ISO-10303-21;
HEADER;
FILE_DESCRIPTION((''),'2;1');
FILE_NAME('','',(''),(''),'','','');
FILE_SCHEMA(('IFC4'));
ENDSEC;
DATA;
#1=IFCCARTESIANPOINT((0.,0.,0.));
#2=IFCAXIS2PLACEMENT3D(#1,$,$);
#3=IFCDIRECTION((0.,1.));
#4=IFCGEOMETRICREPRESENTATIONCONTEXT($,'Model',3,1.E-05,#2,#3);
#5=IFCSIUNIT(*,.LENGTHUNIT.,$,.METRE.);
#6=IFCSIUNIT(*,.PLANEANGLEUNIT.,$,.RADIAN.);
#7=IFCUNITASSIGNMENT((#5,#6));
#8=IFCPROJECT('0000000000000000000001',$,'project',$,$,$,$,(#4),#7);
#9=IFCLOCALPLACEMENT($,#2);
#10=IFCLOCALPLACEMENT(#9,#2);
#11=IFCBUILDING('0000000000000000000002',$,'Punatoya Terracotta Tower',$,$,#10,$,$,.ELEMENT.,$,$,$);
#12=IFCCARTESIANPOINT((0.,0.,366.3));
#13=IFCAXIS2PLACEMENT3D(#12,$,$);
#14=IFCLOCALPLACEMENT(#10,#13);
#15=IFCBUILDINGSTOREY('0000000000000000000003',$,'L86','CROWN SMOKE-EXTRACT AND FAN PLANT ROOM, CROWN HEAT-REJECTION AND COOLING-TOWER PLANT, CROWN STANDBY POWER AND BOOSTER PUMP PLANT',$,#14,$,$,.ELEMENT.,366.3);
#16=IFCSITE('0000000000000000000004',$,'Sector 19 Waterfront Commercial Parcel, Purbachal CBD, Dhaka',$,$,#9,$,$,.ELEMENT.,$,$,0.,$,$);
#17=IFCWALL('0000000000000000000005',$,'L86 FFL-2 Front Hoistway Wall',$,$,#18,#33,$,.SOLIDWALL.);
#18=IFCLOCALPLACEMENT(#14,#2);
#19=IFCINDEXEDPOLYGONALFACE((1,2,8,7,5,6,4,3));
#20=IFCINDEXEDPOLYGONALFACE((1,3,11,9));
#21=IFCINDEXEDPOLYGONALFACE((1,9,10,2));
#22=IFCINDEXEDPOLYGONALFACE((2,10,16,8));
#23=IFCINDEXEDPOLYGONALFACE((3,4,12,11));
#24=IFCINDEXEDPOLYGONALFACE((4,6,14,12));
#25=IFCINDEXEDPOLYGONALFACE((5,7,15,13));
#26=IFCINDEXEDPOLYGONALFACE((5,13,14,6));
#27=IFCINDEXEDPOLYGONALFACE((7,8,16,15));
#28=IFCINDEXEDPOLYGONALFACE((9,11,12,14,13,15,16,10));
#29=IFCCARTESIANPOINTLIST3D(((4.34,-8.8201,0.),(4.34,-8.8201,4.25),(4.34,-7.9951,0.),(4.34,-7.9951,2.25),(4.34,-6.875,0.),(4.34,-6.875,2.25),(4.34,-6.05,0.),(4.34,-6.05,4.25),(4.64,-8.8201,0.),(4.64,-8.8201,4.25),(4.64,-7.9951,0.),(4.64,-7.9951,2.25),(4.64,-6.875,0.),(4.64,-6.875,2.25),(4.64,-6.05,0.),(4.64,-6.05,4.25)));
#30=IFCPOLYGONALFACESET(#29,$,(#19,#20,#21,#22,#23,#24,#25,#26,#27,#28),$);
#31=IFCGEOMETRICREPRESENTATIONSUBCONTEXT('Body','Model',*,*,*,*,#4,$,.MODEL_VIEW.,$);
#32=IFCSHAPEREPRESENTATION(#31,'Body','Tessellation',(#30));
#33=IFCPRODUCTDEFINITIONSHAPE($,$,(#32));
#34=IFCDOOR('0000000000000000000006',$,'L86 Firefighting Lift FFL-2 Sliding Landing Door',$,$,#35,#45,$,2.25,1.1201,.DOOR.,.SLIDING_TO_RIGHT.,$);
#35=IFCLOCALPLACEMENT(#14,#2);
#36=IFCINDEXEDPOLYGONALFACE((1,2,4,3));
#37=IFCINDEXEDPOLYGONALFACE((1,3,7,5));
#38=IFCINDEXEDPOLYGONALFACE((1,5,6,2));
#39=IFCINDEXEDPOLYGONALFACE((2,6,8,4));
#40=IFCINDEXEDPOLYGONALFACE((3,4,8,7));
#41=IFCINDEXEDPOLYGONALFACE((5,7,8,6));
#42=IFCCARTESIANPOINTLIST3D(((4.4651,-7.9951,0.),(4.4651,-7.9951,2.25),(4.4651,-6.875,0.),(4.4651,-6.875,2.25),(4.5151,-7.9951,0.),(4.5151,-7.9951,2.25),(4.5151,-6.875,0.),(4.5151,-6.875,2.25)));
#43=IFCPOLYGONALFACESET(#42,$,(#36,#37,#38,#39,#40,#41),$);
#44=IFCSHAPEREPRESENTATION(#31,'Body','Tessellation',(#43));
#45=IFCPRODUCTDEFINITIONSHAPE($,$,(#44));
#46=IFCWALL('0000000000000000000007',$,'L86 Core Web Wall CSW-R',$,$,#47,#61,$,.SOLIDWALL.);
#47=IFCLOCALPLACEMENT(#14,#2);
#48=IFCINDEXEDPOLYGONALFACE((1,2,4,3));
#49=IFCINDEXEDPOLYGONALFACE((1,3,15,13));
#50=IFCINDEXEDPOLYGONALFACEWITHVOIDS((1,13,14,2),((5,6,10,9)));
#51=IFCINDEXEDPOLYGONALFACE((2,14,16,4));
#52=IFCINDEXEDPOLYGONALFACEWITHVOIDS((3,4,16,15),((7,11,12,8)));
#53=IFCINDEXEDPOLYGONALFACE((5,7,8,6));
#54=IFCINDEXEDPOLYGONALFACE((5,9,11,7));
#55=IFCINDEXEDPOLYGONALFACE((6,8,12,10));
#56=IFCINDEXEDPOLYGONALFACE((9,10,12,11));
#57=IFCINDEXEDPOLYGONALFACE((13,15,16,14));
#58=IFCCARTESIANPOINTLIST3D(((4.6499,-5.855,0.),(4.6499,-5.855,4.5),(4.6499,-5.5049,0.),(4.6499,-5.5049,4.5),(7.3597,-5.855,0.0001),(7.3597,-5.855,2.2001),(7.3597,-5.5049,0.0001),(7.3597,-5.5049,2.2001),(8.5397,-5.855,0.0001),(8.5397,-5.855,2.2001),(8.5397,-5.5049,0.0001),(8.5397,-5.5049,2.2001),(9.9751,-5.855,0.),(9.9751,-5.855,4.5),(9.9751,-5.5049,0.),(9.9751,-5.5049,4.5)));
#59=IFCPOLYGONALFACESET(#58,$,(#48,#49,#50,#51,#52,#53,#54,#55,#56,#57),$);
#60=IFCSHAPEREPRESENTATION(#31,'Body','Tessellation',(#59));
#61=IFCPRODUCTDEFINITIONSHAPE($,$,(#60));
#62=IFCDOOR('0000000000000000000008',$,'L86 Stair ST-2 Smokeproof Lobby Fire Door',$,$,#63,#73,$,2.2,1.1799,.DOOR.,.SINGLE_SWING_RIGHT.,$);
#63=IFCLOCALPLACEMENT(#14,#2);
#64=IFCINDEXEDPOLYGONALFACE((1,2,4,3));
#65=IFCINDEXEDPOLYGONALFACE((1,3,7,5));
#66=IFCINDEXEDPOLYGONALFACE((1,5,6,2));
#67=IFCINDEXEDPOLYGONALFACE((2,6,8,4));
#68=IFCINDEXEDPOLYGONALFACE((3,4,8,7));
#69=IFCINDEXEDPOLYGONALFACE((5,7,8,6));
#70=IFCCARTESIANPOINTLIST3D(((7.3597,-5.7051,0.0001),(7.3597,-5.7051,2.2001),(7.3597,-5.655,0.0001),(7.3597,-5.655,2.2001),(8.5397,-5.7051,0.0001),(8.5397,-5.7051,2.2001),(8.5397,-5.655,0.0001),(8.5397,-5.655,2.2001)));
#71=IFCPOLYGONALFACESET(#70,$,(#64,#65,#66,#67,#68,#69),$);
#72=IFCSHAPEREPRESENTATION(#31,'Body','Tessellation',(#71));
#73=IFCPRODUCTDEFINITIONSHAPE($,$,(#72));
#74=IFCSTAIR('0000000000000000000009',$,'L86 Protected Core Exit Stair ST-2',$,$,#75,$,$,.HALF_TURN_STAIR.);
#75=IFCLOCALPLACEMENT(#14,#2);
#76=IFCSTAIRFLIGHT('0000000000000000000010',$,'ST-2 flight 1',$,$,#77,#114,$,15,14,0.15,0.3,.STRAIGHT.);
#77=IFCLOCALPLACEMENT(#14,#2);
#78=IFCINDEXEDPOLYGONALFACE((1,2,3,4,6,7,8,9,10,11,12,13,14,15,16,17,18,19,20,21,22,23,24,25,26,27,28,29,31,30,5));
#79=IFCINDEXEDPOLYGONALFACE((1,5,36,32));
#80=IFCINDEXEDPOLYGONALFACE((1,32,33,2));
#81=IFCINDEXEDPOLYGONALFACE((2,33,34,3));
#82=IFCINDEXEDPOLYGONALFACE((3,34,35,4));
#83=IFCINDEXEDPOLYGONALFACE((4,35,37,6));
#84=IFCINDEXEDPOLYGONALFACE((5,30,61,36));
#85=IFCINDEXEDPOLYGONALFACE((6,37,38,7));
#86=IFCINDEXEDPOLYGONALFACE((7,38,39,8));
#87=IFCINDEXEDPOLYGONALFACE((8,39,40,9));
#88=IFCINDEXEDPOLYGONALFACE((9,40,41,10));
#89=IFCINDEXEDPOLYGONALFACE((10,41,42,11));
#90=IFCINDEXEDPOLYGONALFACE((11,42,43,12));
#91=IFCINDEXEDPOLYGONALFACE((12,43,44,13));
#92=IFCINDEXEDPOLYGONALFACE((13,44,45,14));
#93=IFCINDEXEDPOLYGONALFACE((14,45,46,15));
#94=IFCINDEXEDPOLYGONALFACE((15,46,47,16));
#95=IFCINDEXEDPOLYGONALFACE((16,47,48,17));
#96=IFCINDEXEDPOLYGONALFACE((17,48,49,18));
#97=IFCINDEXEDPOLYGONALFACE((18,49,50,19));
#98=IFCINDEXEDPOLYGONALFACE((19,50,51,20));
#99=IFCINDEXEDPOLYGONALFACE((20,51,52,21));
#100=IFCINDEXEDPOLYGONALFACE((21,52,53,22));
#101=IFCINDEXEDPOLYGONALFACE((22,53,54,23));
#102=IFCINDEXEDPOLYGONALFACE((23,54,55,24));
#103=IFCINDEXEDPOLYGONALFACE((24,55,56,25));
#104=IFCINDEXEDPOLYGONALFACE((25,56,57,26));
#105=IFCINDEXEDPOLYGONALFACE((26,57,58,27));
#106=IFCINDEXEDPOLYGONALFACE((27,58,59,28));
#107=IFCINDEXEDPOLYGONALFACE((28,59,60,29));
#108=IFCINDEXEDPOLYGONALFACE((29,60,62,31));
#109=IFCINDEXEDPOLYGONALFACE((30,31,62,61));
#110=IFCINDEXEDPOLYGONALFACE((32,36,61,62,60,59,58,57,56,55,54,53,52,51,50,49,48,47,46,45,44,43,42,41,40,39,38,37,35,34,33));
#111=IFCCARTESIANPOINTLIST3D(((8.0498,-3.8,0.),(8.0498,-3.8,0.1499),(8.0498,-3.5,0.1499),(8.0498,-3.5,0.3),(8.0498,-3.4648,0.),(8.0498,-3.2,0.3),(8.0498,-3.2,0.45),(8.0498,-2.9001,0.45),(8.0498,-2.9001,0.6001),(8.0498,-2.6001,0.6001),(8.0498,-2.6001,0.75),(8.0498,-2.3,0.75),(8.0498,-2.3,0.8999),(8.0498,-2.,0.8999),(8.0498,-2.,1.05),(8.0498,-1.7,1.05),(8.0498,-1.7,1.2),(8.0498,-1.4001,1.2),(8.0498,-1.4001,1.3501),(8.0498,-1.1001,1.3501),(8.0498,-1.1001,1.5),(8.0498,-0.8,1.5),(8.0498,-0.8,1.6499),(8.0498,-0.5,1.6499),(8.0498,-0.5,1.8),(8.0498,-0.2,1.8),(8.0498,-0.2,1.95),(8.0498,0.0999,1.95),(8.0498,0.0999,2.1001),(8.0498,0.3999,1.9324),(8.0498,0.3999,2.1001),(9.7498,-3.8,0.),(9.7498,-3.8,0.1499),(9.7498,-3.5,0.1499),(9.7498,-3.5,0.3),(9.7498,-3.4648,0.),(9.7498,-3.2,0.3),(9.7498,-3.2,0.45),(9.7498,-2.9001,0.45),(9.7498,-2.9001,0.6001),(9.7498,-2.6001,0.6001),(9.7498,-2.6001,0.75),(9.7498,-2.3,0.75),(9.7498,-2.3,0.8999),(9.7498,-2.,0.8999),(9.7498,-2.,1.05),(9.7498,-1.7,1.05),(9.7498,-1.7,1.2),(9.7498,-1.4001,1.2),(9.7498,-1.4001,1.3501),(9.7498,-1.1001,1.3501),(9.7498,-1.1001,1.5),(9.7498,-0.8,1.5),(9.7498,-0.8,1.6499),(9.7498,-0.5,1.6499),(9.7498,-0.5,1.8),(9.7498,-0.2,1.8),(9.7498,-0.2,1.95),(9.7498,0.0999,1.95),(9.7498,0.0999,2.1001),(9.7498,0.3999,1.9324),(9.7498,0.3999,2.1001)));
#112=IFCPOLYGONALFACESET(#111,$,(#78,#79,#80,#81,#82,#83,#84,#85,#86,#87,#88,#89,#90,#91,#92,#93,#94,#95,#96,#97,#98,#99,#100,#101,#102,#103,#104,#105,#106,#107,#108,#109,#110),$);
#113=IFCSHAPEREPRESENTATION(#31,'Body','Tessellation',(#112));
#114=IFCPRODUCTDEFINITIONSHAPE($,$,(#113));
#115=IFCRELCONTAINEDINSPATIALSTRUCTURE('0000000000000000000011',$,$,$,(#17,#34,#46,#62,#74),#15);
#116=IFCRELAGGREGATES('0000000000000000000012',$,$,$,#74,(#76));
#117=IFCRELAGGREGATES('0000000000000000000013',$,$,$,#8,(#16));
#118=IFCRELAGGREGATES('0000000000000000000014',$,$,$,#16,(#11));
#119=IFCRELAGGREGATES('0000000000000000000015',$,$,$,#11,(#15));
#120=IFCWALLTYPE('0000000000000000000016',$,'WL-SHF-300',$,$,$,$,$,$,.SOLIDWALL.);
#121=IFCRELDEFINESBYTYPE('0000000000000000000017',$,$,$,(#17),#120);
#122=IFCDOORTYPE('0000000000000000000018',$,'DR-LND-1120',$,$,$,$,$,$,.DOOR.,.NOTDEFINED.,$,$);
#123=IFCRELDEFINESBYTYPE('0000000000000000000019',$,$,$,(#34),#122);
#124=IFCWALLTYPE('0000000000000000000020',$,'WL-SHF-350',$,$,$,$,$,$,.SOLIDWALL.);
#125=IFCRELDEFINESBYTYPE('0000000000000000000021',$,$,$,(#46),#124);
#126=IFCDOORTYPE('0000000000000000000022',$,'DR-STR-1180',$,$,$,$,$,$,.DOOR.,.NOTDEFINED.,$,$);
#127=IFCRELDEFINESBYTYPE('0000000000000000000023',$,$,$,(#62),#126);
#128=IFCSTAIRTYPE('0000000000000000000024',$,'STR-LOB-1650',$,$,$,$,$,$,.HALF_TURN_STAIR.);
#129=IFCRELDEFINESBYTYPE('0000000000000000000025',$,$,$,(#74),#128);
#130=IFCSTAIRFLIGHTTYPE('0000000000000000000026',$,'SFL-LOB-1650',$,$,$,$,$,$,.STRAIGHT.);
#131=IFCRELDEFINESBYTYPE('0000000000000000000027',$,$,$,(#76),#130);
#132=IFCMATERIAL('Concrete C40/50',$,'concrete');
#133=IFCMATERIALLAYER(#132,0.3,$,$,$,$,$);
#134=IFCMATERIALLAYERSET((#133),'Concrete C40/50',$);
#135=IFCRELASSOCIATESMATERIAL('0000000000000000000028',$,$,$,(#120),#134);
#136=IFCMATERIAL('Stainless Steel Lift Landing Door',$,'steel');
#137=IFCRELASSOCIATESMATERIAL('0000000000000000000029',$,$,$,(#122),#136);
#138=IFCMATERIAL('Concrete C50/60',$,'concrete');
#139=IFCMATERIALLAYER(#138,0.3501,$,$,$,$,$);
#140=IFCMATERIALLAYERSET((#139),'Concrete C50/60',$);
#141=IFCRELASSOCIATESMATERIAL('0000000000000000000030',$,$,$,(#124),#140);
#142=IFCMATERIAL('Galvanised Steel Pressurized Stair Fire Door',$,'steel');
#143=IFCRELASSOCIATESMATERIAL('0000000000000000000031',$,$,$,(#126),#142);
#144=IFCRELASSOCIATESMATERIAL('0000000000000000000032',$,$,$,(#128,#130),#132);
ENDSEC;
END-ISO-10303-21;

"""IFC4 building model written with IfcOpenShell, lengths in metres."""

from ifc_helpers import new_model, si_unit, direction, frame, frame_2d, origin, place, context, subcontext, project, spatial, polyline, rectangle, outline, extrude, material, layer, layer_set, type_object, element, fill, aggregate, save


model = new_model("IFC4")

# Units and contexts
model_context = context("Model", 3, precision=1e-05, world=origin(), true_north=direction((0.0, 1.0)))
body_context = subcontext(model_context, "Body", "Model", "MODEL_VIEW")
ifc_project = project(units=[si_unit("LENGTHUNIT", "METRE"), si_unit("PLANEANGLEUNIT", "RADIAN")], contexts=[model_context])

# Site, building, storey
site_placement = place(None, origin())
site = spatial("IfcSite", under=ifc_project, at=site_placement, Name="Sector 19 Waterfront Commercial Parcel, Purbachal CBD, Dhaka", CompositionType="ELEMENT", RefElevation=0.0)
building_placement = place(site_placement, origin())
building = spatial("IfcBuilding", under=site, at=building_placement, Name="Punatoya Terracotta Tower", CompositionType="ELEMENT")
storey_placement = place(building_placement, frame((0.0, 0.0, 366.3)))
storey = spatial("IfcBuildingStorey", under=building, at=storey_placement, Name="L86", Description="CROWN SMOKE-EXTRACT AND FAN PLANT ROOM, CROWN HEAT-REJECTION AND COOLING-TOWER PLANT, CROWN STANDBY POWER AND BOOSTER PUMP PLANT", CompositionType="ELEMENT", Elevation=366.3)

# Shared definitions
ifc_material_1 = material(Name="Concrete C50/60", Category="concrete")

# Shared definitions
ifc_material_2 = material(Name="Concrete C40/50", Category="concrete")

# Walls, openings, doors
ifc_layer_1 = layer(ifc_material_2, 0.3)
ifc_layer_set_1 = layer_set([ifc_layer_1], Name="Concrete C40/50")
wall_type_1 = type_object("IfcWallType", Name="WL-SHF-300", PredefinedType="SOLIDWALL", material=ifc_layer_set_1)
wall_1_placement = place(storey_placement, frame((4.49, -8.8201, 0.0), z_axis=(0.0, 0.0, 1.0), x_axis=(0.0, 1.0, 0.0)))
wall_1 = element("IfcWall", 1, at=wall_1_placement, inside=storey, type_object=wall_type_1, Name="L86 FFL-2 Front Hoistway Wall", PredefinedType="SOLIDWALL", context=body_context, shape_type="SweptSolid", body=[
    extrude(rectangle(XDim=2.77, YDim=0.3, at=frame_2d((1.385, 0.0))), origin(), (0.0, 0.0, 1.0), 4.25),
])
opening_1_placement = place(wall_1_placement, frame((0.825, 0.0, 0.0)))
opening_1 = element("IfcOpeningElement", 2, at=opening_1_placement, cuts=wall_1, PredefinedType="OPENING", context=body_context, shape_type="SweptSolid", body=[
    extrude(rectangle(XDim=1.1201, YDim=2.25, at=frame_2d((0.5601, 1.125))), frame((0.0, 0.1599, 0.0), z_axis=(0.0, -1.0, 0.0), x_axis=(1.0, 0.0, 0.0)), (0.0, 0.0, 1.0), 0.3201),
])
ifc_material_3 = material(Name="Stainless Steel Lift Landing Door", Category="steel")
door_type_1 = type_object("IfcDoorType", Name="DR-LND-1120", OperationType="NOTDEFINED", PredefinedType="DOOR", material=ifc_material_3)
door_1_placement = place(opening_1_placement, origin())
door_1 = element("IfcDoor", 3, at=door_1_placement, inside=storey, type_object=door_type_1, Name="L86 Firefighting Lift FFL-2 Sliding Landing Door", OperationType="SLIDING_TO_RIGHT", OverallHeight=2.25, OverallWidth=1.1201, PredefinedType="DOOR", context=body_context, shape_type="SweptSolid", body=[
    extrude(rectangle(XDim=1.1201, YDim=2.25, at=frame_2d((0.5601, 1.125))), frame((0.0, 0.0249, 0.0), z_axis=(0.0, -1.0, 0.0), x_axis=(1.0, 0.0, 0.0)), (0.0, 0.0, 1.0), 0.05),
])
fill(opening_1, door_1)
ifc_layer_2 = layer(ifc_material_1, 0.3501)
ifc_layer_set_2 = layer_set([ifc_layer_2], Name="Concrete C50/60")
wall_type_2 = type_object("IfcWallType", Name="WL-SHF-350", PredefinedType="SOLIDWALL", material=ifc_layer_set_2)
wall_2_placement = place(storey_placement, frame((4.6499, -5.6799, 0.0), z_axis=(0.0, 0.0, 1.0), x_axis=(1.0, 0.0, 0.0)))
wall_2 = element("IfcWall", 4, at=wall_2_placement, inside=storey, type_object=wall_type_2, Name="L86 Core Web Wall CSW-R", PredefinedType="SOLIDWALL", context=body_context, shape_type="SweptSolid", body=[
    extrude(rectangle(XDim=5.3252, YDim=0.3501, at=frame_2d((2.6626, 0.0))), origin(), (0.0, 0.0, 1.0), 4.5),
])
opening_2_placement = place(wall_2_placement, frame((2.71, 0.0, 0.0)))
opening_2 = element("IfcOpeningElement", 5, at=opening_2_placement, cuts=wall_2, PredefinedType="OPENING", context=body_context, shape_type="SweptSolid", body=[
    extrude(rectangle(XDim=1.1799, YDim=2.2, at=frame_2d((0.5898, 1.1001))), frame((0.0, 0.1851, 0.0), z_axis=(0.0, -1.0, 0.0), x_axis=(1.0, 0.0, 0.0)), (0.0, 0.0, 1.0), 0.3701),
])
ifc_material_4 = material(Name="Galvanised Steel Pressurized Stair Fire Door", Category="steel")
door_type_2 = type_object("IfcDoorType", Name="DR-STR-1180", OperationType="NOTDEFINED", PredefinedType="DOOR", material=ifc_material_4)
door_2_placement = place(opening_2_placement, origin())
door_2 = element("IfcDoor", 6, at=door_2_placement, inside=storey, type_object=door_type_2, Name="L86 Stair ST-2 Smokeproof Lobby Fire Door", OperationType="SINGLE_SWING_RIGHT", OverallHeight=2.2, OverallWidth=1.1799, PredefinedType="DOOR", context=body_context, shape_type="SweptSolid", body=[
    extrude(rectangle(XDim=1.1799, YDim=2.2, at=frame_2d((0.5898, 1.1001))), frame((0.0, 0.0249, 0.0), z_axis=(0.0, -1.0, 0.0), x_axis=(1.0, 0.0, 0.0)), (0.0, 0.0, 1.0), 0.05),
])
fill(opening_2, door_2)

# Stair, stair flight
stair_type = type_object("IfcStairType", Name="STR-LOB-1650", PredefinedType="HALF_TURN_STAIR", material=ifc_material_2)
stair_placement = place(storey_placement, origin())
stair = element("IfcStair", 7, at=stair_placement, inside=storey, type_object=stair_type, Name="L86 Protected Core Exit Stair ST-2", PredefinedType="HALF_TURN_STAIR")
stair_flight_type = type_object("IfcStairFlightType", Name="SFL-LOB-1650", PredefinedType="STRAIGHT", material=ifc_material_2)
stair_flight_placement = place(storey_placement, frame((8.8999, -3.8, 0.0), z_axis=(0.0, 0.0, 1.0), x_axis=(0.0, 1.0, 0.0)))
stair_flight = element("IfcStairFlight", 8, at=stair_flight_placement, type_object=stair_flight_type, Name="ST-2 flight 1", NumberOfRisers=15, NumberOfTreads=14, PredefinedType="STRAIGHT", RiserHeight=0.15, TreadLength=0.3, context=body_context, shape_type="SweptSolid", body=[
    extrude(outline(polyline([(0.0, 0.0), (0.0, 0.1499), (0.3, 0.1499), (0.3, 0.3), (0.6001, 0.3), (0.6001, 0.45), (0.8999, 0.45), (0.8999, 0.6001), (1.2, 0.6001), (1.2, 0.75), (1.5, 0.75), (1.5, 0.8999), (1.8, 0.8999), (1.8, 1.05), (2.1001, 1.05), (2.1001, 1.2), (2.3999, 1.2), (2.3999, 1.3501), (2.7, 1.3501), (2.7, 1.5), (3.0, 1.5), (3.0, 1.6499), (3.3, 1.6499), (3.3, 1.8), (3.6001, 1.8), (3.6001, 1.95), (3.8999, 1.95), (3.8999, 2.1001), (4.2, 2.1001), (4.2, 2.25), (4.2, 1.9324), (0.3352, 0.0), (0.0, 0.0)])), frame((0.0, 0.8501, 0.0), z_axis=(0.0, -1.0, 0.0), x_axis=(1.0, 0.0, 0.0)), (0.0, 0.0, 1.0), 1.7),
])
aggregate(stair, [stair_flight])

save(model, "model.ifc")
